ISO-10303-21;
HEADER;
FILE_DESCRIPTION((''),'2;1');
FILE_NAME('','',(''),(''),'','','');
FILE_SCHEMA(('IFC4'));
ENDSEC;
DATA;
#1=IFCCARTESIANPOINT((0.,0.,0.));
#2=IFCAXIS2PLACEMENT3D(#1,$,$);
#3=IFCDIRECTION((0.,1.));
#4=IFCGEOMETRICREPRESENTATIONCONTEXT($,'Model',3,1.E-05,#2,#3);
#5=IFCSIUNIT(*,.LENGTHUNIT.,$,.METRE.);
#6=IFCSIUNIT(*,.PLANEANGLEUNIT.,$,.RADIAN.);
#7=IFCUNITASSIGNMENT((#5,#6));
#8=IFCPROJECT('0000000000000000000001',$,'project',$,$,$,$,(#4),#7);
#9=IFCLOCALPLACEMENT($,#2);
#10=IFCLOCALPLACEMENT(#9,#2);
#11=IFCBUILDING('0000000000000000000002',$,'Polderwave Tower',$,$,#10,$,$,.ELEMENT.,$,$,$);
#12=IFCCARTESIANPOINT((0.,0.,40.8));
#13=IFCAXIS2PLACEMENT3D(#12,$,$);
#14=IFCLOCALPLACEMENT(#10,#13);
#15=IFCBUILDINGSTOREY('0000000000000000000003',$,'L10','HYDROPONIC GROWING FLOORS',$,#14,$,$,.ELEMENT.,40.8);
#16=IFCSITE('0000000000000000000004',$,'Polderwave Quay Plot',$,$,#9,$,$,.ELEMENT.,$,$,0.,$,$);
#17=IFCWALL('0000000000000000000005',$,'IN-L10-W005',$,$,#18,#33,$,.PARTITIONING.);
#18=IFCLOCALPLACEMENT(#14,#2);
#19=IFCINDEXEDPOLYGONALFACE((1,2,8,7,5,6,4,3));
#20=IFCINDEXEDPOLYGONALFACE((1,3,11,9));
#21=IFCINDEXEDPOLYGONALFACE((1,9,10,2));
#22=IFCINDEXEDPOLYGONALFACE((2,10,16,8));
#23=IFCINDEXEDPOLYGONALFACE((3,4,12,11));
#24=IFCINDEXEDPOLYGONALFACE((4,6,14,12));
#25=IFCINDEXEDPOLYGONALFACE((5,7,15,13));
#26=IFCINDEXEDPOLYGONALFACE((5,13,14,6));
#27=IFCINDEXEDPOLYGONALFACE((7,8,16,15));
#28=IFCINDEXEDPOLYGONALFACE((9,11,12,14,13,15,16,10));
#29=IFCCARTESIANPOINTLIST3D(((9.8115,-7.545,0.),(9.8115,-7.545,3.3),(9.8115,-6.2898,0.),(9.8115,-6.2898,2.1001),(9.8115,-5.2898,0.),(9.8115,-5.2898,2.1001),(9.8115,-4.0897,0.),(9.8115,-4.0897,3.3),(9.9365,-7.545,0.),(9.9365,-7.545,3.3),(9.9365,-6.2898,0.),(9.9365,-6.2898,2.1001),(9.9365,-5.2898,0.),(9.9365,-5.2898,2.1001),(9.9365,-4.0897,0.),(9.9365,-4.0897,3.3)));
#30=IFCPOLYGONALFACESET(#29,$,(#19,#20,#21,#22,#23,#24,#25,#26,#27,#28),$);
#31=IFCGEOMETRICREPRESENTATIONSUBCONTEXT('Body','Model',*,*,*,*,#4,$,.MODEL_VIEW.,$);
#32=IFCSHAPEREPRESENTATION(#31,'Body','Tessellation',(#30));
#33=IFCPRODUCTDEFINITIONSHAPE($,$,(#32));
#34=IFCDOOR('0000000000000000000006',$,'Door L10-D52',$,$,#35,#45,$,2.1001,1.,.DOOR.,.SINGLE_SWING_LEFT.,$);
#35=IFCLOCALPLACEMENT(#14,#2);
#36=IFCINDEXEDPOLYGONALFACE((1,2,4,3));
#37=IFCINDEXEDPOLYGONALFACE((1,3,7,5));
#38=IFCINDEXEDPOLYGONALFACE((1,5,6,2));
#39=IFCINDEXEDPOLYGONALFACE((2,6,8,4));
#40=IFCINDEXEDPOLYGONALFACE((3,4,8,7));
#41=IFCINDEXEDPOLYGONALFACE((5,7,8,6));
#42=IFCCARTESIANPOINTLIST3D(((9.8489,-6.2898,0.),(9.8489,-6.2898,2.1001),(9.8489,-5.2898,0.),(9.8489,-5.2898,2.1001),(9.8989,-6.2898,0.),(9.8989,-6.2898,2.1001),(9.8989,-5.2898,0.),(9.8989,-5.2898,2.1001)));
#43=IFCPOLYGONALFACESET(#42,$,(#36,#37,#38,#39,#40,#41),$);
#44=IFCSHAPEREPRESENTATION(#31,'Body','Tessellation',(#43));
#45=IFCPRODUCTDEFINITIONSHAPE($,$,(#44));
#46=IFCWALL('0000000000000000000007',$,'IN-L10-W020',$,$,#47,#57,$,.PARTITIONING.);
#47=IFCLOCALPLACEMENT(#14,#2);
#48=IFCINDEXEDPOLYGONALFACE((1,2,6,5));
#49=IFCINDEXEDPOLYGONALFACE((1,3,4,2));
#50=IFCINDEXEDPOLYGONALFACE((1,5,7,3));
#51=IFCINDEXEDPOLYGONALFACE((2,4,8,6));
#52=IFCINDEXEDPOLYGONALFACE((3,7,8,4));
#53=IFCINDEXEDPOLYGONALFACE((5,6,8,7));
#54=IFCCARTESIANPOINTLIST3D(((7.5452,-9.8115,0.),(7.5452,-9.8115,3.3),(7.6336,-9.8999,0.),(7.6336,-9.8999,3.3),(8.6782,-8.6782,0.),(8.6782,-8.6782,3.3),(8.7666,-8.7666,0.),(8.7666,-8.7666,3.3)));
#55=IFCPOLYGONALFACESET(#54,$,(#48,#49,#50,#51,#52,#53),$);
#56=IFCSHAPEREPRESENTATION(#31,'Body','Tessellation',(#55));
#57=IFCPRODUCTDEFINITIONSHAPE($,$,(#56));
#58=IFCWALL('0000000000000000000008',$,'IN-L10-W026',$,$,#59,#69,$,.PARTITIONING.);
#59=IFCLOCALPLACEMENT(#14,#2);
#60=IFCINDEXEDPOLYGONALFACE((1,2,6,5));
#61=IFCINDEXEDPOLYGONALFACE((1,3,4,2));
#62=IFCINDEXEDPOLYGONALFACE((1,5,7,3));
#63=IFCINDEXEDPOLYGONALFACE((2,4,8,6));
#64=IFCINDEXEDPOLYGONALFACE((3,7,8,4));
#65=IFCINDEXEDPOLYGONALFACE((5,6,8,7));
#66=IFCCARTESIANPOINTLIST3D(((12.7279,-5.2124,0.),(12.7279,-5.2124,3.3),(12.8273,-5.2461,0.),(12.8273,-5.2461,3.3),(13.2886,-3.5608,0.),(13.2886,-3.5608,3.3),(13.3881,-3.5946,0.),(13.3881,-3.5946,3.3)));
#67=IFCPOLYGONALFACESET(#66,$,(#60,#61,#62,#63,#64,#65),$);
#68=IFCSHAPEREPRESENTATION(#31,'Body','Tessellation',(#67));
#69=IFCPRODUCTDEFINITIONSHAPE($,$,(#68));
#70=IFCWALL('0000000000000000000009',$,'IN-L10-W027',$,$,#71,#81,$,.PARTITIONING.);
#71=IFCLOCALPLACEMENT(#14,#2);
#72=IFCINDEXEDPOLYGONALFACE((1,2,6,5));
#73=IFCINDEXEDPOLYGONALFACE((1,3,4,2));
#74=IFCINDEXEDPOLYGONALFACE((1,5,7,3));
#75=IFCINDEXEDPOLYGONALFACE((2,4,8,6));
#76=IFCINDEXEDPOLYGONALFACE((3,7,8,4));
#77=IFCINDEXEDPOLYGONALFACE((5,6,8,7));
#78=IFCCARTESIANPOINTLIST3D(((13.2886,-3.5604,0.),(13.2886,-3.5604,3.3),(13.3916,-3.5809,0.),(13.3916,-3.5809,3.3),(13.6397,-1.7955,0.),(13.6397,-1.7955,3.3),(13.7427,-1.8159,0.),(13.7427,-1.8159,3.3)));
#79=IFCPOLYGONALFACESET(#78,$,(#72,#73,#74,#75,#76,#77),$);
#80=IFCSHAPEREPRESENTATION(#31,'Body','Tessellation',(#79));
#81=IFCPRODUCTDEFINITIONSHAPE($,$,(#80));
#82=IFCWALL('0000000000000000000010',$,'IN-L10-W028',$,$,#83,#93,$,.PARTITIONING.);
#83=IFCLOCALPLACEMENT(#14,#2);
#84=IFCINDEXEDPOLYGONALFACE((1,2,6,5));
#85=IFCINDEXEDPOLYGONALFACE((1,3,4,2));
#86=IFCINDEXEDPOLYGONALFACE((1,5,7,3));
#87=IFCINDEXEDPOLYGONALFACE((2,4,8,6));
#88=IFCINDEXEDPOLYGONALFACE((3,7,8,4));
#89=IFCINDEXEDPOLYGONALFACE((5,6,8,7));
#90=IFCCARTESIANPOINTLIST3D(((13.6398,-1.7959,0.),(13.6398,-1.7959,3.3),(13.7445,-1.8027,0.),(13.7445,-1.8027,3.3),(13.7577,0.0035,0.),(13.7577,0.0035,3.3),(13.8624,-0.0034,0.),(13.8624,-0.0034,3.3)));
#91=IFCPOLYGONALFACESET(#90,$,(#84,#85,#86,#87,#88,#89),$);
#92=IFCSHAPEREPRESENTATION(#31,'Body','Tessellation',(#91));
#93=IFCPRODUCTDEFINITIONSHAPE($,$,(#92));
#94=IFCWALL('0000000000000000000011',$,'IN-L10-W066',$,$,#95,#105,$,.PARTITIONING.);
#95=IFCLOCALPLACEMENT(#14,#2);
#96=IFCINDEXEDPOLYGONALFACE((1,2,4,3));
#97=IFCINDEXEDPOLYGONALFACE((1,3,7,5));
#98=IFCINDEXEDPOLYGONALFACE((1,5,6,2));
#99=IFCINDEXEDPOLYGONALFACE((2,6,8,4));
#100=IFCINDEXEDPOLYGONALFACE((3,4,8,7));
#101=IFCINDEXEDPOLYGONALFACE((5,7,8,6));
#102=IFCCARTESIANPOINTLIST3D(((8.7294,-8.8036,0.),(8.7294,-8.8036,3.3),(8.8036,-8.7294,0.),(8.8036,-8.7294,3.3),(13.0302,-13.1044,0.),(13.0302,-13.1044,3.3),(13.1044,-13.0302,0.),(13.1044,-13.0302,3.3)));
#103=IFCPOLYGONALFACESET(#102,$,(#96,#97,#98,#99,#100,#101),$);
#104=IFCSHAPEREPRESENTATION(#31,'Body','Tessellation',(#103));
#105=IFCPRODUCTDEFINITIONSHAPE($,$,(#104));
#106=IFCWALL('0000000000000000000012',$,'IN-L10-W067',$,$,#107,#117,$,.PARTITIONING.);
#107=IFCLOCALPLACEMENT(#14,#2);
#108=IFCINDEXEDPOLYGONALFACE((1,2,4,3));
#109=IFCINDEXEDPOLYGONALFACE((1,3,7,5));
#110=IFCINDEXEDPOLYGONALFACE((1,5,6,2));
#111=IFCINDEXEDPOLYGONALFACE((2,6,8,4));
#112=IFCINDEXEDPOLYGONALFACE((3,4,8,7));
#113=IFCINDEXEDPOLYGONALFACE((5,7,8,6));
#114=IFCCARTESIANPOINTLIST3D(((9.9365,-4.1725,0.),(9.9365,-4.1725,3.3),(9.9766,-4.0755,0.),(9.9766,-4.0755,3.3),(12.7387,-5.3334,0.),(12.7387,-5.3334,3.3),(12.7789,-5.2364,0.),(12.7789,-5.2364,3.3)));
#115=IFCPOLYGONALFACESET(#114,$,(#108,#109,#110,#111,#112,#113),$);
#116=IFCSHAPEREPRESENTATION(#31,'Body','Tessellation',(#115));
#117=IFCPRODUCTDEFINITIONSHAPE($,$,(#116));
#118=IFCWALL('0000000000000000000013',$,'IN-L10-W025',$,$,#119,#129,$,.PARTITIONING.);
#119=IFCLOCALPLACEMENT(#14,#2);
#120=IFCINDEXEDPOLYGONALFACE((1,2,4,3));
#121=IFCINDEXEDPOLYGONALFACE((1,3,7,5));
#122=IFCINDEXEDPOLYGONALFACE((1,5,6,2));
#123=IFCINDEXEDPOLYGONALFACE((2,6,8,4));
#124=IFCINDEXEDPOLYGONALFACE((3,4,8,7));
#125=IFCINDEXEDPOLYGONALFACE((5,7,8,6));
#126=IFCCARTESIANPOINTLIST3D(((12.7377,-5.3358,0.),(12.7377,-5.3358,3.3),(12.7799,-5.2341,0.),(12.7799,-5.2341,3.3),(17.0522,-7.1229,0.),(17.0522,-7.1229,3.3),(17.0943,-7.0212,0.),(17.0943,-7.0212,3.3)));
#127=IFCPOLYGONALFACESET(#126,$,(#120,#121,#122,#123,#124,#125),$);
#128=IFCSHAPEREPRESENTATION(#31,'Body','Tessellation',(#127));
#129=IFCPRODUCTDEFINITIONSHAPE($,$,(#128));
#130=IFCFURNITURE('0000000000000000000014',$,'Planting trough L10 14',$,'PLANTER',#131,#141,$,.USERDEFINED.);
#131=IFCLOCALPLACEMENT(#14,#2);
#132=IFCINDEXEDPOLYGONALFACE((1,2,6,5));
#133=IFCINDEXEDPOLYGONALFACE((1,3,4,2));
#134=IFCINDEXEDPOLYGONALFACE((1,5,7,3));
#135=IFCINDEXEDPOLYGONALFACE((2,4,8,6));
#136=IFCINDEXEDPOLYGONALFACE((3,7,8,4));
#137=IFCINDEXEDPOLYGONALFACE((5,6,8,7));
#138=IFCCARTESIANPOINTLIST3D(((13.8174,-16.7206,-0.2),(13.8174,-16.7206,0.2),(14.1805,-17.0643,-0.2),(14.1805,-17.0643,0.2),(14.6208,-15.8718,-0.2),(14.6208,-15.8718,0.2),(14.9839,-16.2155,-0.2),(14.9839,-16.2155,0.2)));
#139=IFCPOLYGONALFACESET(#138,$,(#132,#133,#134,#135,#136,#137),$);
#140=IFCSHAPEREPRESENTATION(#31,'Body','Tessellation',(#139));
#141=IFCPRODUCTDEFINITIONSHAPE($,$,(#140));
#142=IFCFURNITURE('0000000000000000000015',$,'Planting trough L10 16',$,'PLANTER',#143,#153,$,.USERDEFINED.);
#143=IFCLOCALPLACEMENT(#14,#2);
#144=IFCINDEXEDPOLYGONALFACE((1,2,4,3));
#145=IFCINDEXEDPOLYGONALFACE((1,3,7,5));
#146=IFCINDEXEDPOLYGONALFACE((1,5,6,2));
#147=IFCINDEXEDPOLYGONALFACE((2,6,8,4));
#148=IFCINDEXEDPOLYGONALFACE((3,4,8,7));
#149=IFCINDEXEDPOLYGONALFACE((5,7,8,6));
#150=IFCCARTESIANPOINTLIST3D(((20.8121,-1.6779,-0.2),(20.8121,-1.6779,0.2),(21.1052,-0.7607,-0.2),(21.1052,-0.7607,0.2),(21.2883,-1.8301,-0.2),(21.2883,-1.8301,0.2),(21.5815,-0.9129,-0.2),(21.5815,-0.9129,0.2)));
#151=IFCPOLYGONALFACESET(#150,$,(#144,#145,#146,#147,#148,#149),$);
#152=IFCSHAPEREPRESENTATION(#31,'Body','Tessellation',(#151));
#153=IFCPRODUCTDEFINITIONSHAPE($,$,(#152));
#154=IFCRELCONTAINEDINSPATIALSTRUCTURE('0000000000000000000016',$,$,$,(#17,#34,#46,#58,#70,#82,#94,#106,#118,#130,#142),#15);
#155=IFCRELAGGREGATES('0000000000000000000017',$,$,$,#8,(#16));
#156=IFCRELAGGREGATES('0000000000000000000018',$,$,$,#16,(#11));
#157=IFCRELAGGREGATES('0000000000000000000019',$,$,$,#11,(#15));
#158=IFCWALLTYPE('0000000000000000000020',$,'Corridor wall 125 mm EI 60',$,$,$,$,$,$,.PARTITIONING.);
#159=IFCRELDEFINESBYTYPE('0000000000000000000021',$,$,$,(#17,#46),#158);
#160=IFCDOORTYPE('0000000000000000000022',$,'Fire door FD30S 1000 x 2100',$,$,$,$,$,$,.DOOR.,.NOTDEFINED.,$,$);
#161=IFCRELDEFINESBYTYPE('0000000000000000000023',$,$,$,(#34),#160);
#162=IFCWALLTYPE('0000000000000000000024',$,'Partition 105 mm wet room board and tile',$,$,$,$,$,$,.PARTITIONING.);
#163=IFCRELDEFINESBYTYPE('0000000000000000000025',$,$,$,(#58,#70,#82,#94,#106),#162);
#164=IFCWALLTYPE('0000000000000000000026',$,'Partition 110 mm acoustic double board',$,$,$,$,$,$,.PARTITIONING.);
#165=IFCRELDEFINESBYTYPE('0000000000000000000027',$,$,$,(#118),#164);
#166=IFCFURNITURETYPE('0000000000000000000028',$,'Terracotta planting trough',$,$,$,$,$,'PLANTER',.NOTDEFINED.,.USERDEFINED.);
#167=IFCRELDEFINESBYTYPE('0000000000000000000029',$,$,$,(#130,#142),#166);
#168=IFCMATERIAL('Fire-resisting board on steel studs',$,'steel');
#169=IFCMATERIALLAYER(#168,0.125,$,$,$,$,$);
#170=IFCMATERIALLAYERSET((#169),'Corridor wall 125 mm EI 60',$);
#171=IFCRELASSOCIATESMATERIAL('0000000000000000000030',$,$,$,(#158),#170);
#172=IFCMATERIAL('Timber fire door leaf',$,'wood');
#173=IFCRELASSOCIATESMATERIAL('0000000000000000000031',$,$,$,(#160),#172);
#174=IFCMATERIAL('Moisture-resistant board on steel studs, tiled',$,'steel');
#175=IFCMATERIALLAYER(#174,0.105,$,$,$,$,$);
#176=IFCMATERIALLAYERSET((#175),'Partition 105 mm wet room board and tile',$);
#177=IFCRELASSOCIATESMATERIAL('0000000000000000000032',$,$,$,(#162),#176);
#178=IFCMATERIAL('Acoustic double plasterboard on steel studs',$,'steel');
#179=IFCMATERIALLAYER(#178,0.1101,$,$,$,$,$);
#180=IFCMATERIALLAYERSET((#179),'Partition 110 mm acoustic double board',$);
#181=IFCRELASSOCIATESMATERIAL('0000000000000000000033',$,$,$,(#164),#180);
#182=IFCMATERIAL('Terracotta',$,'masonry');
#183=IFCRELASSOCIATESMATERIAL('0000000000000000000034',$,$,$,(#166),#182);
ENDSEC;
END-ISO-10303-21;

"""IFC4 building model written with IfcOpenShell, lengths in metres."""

from ifc_helpers import new_model, si_unit, direction, frame, frame_2d, origin, origin_2d, place, context, subcontext, project, spatial, rectangle, extrude, material, layer, layer_set, type_object, element, fill, save


model = new_model("IFC4")

# Units and contexts
model_context = context("Model", 3, precision=1e-05, world=origin(), true_north=direction((0.0, 1.0)))
body_context = subcontext(model_context, "Body", "Model", "MODEL_VIEW")
ifc_project = project(units=[si_unit("LENGTHUNIT", "METRE"), si_unit("PLANEANGLEUNIT", "RADIAN")], contexts=[model_context])

# Site, building, storey
site_placement = place(None, origin())
site = spatial("IfcSite", under=ifc_project, at=site_placement, Name="Polderwave Quay Plot", CompositionType="ELEMENT", RefElevation=0.0)
building_placement = place(site_placement, origin())
building = spatial("IfcBuilding", under=site, at=building_placement, Name="Polderwave Tower", CompositionType="ELEMENT")
storey_placement = place(building_placement, frame((0.0, 0.0, 40.8)))
storey = spatial("IfcBuildingStorey", under=building, at=storey_placement, Name="L10", Description="HYDROPONIC GROWING FLOORS", CompositionType="ELEMENT", Elevation=40.8)

# Shared definitions
ifc_material_1 = material(Name="Fire-resisting board on steel studs", Category="steel")
ifc_layer_1 = layer(ifc_material_1, 0.125)
ifc_layer_set_1 = layer_set([ifc_layer_1], Name="Corridor wall 125 mm EI 60")
wall_type_1 = type_object("IfcWallType", Name="Corridor wall 125 mm EI 60", PredefinedType="PARTITIONING", material=ifc_layer_set_1)

# Wall, opening, door
wall_1_placement = place(storey_placement, frame((9.874, -4.0898, 0.0), z_axis=(0.0, 0.0, 1.0), x_axis=(0.0, -1.0, 0.0)))
wall_1 = element("IfcWall", 1, at=wall_1_placement, inside=storey, type_object=wall_type_1, Name="IN-L10-W005", PredefinedType="PARTITIONING", context=body_context, shape_type="SweptSolid", body=[
    extrude(rectangle(XDim=3.4553, YDim=0.125, at=frame_2d((1.7275, 0.0))), origin(), (0.0, 0.0, 1.0), 3.3),
])
opening_placement = place(wall_1_placement, frame((1.2, 0.0, 0.0)))
opening = element("IfcOpeningElement", 2, at=opening_placement, cuts=wall_1, PredefinedType="OPENING", context=body_context, shape_type="SweptSolid", body=[
    extrude(rectangle(XDim=1.0, YDim=2.1001, at=frame_2d((0.5, 1.05))), frame((0.0, 0.0725, 0.0), z_axis=(0.0, -1.0, 0.0), x_axis=(1.0, 0.0, 0.0)), (0.0, 0.0, 1.0), 0.145),
])
ifc_material_2 = material(Name="Timber fire door leaf", Category="wood")
door_type = type_object("IfcDoorType", Name="Fire door FD30S 1000 x 2100", OperationType="NOTDEFINED", PredefinedType="DOOR", material=ifc_material_2)
door_placement = place(opening_placement, origin())
door = element("IfcDoor", 3, at=door_placement, inside=storey, type_object=door_type, Name="Door L10-D52", OperationType="SINGLE_SWING_LEFT", OverallHeight=2.1001, OverallWidth=1.0, PredefinedType="DOOR", context=body_context, shape_type="SweptSolid", body=[
    extrude(rectangle(XDim=1.0, YDim=2.1001, at=frame_2d((0.5, 1.05))), frame((0.0, 0.0249, 0.0), z_axis=(0.0, -1.0, 0.0), x_axis=(1.0, 0.0, 0.0)), (0.0, 0.0, 1.0), 0.05),
])
fill(opening, door)

# Walls
wall_2_placement = place(storey_placement, frame((8.7224, -8.7224, 0.0), z_axis=(0.0, 0.0, 1.0), x_axis=(-0.707031, -0.707183, 0.0)))
element("IfcWall", 4, at=wall_2_placement, inside=storey, type_object=wall_type_1, Name="IN-L10-W020", PredefinedType="PARTITIONING", context=body_context, shape_type="SweptSolid", body=[
    extrude(rectangle(XDim=1.6025, YDim=0.125, at=frame_2d((0.8013, 0.0))), origin(), (0.0, 0.0, 1.0), 3.3),
])
ifc_material_3 = material(Name="Moisture-resistant board on steel studs, tiled", Category="steel")
ifc_layer_2 = layer(ifc_material_3, 0.105)
ifc_layer_set_2 = layer_set([ifc_layer_2], Name="Partition 105 mm wet room board and tile")
wall_type_2 = type_object("IfcWallType", Name="Partition 105 mm wet room board and tile", PredefinedType="PARTITIONING", material=ifc_layer_set_2)
wall_3_placement = place(storey_placement, frame((12.7776, -5.2292, 0.0), z_axis=(0.0, 0.0, 1.0), x_axis=(0.321514, 0.946905, 0.0)))
element("IfcWall", 5, at=wall_3_placement, inside=storey, type_object=wall_type_2, Name="IN-L10-W026", PredefinedType="PARTITIONING", context=body_context, shape_type="SweptSolid", body=[
    extrude(rectangle(XDim=1.7441, YDim=0.105, at=frame_2d((0.8721, 0.0))), origin(), (0.0, 0.0, 1.0), 3.3),
])
wall_4_placement = place(storey_placement, frame((13.3401, -3.5708, 0.0), z_axis=(0.0, 0.0, 1.0), x_axis=(0.195098, 0.980784, 0.0)))
element("IfcWall", 6, at=wall_4_placement, inside=storey, type_object=wall_type_2, Name="IN-L10-W027", PredefinedType="PARTITIONING", context=body_context, shape_type="SweptSolid", body=[
    extrude(rectangle(XDim=1.7996, YDim=0.105, at=frame_2d((0.8999, 0.0))), origin(), (0.0, 0.0, 1.0), 3.3),
])
wall_5_placement = place(storey_placement, frame((13.6921, -1.7993, 0.0), z_axis=(0.0, 0.0, 1.0), x_axis=(0.065396, 0.997859, 0.0)))
element("IfcWall", 7, at=wall_5_placement, inside=storey, type_object=wall_type_2, Name="IN-L10-W028", PredefinedType="PARTITIONING", context=body_context, shape_type="SweptSolid", body=[
    extrude(rectangle(XDim=1.8032, YDim=0.105, at=frame_2d((0.9016, 0.0))), origin(), (0.0, 0.0, 1.0), 3.3),
])
wall_6_placement = place(storey_placement, frame((8.7666, -8.7666, 0.0), z_axis=(0.0, 0.0, 1.0), x_axis=(0.707107, -0.707107, 0.0)))
element("IfcWall", 8, at=wall_6_placement, inside=storey, type_object=wall_type_2, Name="IN-L10-W066", PredefinedType="PARTITIONING", context=body_context, shape_type="SweptSolid", body=[
    extrude(rectangle(XDim=6.0823, YDim=0.105, at=frame_2d((3.041, 0.0))), origin(), (0.0, 0.0, 1.0), 3.3),
])
wall_7_placement = place(storey_placement, frame((9.9565, -4.124, 0.0), z_axis=(0.0, 0.0, 1.0), x_axis=(0.923861, -0.382729, 0.0)))
element("IfcWall", 9, at=wall_7_placement, inside=storey, type_object=wall_type_2, Name="IN-L10-W067", PredefinedType="PARTITIONING", context=body_context, shape_type="SweptSolid", body=[
    extrude(rectangle(XDim=3.0332, YDim=0.105, at=frame_2d((1.5166, 0.0))), origin(), (0.0, 0.0, 1.0), 3.3),
])
ifc_material_4 = material(Name="Acoustic double plasterboard on steel studs", Category="steel")
ifc_layer_3 = layer(ifc_material_4, 0.1101)
ifc_layer_set_3 = layer_set([ifc_layer_3], Name="Partition 110 mm acoustic double board")
wall_type_3 = type_object("IfcWallType", Name="Partition 110 mm acoustic double board", PredefinedType="PARTITIONING", material=ifc_layer_set_3)
wall_8_placement = place(storey_placement, frame((17.0732, -7.072, 0.0), z_axis=(0.0, 0.0, 1.0), x_axis=(-0.923879, 0.382684, 0.0)))
element("IfcWall", 10, at=wall_8_placement, inside=storey, type_object=wall_type_3, Name="IN-L10-W025", PredefinedType="PARTITIONING", context=body_context, shape_type="SweptSolid", body=[
    extrude(rectangle(XDim=4.6699, YDim=0.1101, at=frame_2d((2.335, 0.0))), origin(), (0.0, 0.0, 1.0), 3.3),
])

# Furniture
ifc_material_5 = material(Name="Terracotta", Category="masonry")
furniture_type = type_object("IfcFurnitureType", Name="Terracotta planting trough", ElementType="PLANTER", AssemblyPlace="NOTDEFINED", PredefinedType="USERDEFINED", material=ifc_material_5)
furniture_1_placement = place(storey_placement, frame((14.4006, -16.468, -0.2), z_axis=(0.0, 0.0, 1.0), x_axis=(0.687407, 0.726272, 0.0)))
element("IfcFurniture", 11, at=furniture_1_placement, inside=storey, type_object=furniture_type, Name="Planting trough L10 14", ObjectType="PLANTER", PredefinedType="USERDEFINED", context=body_context, shape_type="SweptSolid", body=[
    extrude(rectangle(XDim=1.1687, YDim=0.5, at=origin_2d()), origin(), (0.0, 0.0, 1.0), 0.3999),
])
furniture_2_placement = place(storey_placement, frame((21.1968, -1.2954, -0.2), z_axis=(0.0, 0.0, 1.0), x_axis=(0.304494, 0.952514, 0.0)))
element("IfcFurniture", 12, at=furniture_2_placement, inside=storey, type_object=furniture_type, Name="Planting trough L10 16", ObjectType="PLANTER", PredefinedType="USERDEFINED", context=body_context, shape_type="SweptSolid", body=[
    extrude(rectangle(XDim=0.9629, YDim=0.5, at=origin_2d()), origin(), (0.0, 0.0, 1.0), 0.3999),
])

save(model, "model.ifc")
